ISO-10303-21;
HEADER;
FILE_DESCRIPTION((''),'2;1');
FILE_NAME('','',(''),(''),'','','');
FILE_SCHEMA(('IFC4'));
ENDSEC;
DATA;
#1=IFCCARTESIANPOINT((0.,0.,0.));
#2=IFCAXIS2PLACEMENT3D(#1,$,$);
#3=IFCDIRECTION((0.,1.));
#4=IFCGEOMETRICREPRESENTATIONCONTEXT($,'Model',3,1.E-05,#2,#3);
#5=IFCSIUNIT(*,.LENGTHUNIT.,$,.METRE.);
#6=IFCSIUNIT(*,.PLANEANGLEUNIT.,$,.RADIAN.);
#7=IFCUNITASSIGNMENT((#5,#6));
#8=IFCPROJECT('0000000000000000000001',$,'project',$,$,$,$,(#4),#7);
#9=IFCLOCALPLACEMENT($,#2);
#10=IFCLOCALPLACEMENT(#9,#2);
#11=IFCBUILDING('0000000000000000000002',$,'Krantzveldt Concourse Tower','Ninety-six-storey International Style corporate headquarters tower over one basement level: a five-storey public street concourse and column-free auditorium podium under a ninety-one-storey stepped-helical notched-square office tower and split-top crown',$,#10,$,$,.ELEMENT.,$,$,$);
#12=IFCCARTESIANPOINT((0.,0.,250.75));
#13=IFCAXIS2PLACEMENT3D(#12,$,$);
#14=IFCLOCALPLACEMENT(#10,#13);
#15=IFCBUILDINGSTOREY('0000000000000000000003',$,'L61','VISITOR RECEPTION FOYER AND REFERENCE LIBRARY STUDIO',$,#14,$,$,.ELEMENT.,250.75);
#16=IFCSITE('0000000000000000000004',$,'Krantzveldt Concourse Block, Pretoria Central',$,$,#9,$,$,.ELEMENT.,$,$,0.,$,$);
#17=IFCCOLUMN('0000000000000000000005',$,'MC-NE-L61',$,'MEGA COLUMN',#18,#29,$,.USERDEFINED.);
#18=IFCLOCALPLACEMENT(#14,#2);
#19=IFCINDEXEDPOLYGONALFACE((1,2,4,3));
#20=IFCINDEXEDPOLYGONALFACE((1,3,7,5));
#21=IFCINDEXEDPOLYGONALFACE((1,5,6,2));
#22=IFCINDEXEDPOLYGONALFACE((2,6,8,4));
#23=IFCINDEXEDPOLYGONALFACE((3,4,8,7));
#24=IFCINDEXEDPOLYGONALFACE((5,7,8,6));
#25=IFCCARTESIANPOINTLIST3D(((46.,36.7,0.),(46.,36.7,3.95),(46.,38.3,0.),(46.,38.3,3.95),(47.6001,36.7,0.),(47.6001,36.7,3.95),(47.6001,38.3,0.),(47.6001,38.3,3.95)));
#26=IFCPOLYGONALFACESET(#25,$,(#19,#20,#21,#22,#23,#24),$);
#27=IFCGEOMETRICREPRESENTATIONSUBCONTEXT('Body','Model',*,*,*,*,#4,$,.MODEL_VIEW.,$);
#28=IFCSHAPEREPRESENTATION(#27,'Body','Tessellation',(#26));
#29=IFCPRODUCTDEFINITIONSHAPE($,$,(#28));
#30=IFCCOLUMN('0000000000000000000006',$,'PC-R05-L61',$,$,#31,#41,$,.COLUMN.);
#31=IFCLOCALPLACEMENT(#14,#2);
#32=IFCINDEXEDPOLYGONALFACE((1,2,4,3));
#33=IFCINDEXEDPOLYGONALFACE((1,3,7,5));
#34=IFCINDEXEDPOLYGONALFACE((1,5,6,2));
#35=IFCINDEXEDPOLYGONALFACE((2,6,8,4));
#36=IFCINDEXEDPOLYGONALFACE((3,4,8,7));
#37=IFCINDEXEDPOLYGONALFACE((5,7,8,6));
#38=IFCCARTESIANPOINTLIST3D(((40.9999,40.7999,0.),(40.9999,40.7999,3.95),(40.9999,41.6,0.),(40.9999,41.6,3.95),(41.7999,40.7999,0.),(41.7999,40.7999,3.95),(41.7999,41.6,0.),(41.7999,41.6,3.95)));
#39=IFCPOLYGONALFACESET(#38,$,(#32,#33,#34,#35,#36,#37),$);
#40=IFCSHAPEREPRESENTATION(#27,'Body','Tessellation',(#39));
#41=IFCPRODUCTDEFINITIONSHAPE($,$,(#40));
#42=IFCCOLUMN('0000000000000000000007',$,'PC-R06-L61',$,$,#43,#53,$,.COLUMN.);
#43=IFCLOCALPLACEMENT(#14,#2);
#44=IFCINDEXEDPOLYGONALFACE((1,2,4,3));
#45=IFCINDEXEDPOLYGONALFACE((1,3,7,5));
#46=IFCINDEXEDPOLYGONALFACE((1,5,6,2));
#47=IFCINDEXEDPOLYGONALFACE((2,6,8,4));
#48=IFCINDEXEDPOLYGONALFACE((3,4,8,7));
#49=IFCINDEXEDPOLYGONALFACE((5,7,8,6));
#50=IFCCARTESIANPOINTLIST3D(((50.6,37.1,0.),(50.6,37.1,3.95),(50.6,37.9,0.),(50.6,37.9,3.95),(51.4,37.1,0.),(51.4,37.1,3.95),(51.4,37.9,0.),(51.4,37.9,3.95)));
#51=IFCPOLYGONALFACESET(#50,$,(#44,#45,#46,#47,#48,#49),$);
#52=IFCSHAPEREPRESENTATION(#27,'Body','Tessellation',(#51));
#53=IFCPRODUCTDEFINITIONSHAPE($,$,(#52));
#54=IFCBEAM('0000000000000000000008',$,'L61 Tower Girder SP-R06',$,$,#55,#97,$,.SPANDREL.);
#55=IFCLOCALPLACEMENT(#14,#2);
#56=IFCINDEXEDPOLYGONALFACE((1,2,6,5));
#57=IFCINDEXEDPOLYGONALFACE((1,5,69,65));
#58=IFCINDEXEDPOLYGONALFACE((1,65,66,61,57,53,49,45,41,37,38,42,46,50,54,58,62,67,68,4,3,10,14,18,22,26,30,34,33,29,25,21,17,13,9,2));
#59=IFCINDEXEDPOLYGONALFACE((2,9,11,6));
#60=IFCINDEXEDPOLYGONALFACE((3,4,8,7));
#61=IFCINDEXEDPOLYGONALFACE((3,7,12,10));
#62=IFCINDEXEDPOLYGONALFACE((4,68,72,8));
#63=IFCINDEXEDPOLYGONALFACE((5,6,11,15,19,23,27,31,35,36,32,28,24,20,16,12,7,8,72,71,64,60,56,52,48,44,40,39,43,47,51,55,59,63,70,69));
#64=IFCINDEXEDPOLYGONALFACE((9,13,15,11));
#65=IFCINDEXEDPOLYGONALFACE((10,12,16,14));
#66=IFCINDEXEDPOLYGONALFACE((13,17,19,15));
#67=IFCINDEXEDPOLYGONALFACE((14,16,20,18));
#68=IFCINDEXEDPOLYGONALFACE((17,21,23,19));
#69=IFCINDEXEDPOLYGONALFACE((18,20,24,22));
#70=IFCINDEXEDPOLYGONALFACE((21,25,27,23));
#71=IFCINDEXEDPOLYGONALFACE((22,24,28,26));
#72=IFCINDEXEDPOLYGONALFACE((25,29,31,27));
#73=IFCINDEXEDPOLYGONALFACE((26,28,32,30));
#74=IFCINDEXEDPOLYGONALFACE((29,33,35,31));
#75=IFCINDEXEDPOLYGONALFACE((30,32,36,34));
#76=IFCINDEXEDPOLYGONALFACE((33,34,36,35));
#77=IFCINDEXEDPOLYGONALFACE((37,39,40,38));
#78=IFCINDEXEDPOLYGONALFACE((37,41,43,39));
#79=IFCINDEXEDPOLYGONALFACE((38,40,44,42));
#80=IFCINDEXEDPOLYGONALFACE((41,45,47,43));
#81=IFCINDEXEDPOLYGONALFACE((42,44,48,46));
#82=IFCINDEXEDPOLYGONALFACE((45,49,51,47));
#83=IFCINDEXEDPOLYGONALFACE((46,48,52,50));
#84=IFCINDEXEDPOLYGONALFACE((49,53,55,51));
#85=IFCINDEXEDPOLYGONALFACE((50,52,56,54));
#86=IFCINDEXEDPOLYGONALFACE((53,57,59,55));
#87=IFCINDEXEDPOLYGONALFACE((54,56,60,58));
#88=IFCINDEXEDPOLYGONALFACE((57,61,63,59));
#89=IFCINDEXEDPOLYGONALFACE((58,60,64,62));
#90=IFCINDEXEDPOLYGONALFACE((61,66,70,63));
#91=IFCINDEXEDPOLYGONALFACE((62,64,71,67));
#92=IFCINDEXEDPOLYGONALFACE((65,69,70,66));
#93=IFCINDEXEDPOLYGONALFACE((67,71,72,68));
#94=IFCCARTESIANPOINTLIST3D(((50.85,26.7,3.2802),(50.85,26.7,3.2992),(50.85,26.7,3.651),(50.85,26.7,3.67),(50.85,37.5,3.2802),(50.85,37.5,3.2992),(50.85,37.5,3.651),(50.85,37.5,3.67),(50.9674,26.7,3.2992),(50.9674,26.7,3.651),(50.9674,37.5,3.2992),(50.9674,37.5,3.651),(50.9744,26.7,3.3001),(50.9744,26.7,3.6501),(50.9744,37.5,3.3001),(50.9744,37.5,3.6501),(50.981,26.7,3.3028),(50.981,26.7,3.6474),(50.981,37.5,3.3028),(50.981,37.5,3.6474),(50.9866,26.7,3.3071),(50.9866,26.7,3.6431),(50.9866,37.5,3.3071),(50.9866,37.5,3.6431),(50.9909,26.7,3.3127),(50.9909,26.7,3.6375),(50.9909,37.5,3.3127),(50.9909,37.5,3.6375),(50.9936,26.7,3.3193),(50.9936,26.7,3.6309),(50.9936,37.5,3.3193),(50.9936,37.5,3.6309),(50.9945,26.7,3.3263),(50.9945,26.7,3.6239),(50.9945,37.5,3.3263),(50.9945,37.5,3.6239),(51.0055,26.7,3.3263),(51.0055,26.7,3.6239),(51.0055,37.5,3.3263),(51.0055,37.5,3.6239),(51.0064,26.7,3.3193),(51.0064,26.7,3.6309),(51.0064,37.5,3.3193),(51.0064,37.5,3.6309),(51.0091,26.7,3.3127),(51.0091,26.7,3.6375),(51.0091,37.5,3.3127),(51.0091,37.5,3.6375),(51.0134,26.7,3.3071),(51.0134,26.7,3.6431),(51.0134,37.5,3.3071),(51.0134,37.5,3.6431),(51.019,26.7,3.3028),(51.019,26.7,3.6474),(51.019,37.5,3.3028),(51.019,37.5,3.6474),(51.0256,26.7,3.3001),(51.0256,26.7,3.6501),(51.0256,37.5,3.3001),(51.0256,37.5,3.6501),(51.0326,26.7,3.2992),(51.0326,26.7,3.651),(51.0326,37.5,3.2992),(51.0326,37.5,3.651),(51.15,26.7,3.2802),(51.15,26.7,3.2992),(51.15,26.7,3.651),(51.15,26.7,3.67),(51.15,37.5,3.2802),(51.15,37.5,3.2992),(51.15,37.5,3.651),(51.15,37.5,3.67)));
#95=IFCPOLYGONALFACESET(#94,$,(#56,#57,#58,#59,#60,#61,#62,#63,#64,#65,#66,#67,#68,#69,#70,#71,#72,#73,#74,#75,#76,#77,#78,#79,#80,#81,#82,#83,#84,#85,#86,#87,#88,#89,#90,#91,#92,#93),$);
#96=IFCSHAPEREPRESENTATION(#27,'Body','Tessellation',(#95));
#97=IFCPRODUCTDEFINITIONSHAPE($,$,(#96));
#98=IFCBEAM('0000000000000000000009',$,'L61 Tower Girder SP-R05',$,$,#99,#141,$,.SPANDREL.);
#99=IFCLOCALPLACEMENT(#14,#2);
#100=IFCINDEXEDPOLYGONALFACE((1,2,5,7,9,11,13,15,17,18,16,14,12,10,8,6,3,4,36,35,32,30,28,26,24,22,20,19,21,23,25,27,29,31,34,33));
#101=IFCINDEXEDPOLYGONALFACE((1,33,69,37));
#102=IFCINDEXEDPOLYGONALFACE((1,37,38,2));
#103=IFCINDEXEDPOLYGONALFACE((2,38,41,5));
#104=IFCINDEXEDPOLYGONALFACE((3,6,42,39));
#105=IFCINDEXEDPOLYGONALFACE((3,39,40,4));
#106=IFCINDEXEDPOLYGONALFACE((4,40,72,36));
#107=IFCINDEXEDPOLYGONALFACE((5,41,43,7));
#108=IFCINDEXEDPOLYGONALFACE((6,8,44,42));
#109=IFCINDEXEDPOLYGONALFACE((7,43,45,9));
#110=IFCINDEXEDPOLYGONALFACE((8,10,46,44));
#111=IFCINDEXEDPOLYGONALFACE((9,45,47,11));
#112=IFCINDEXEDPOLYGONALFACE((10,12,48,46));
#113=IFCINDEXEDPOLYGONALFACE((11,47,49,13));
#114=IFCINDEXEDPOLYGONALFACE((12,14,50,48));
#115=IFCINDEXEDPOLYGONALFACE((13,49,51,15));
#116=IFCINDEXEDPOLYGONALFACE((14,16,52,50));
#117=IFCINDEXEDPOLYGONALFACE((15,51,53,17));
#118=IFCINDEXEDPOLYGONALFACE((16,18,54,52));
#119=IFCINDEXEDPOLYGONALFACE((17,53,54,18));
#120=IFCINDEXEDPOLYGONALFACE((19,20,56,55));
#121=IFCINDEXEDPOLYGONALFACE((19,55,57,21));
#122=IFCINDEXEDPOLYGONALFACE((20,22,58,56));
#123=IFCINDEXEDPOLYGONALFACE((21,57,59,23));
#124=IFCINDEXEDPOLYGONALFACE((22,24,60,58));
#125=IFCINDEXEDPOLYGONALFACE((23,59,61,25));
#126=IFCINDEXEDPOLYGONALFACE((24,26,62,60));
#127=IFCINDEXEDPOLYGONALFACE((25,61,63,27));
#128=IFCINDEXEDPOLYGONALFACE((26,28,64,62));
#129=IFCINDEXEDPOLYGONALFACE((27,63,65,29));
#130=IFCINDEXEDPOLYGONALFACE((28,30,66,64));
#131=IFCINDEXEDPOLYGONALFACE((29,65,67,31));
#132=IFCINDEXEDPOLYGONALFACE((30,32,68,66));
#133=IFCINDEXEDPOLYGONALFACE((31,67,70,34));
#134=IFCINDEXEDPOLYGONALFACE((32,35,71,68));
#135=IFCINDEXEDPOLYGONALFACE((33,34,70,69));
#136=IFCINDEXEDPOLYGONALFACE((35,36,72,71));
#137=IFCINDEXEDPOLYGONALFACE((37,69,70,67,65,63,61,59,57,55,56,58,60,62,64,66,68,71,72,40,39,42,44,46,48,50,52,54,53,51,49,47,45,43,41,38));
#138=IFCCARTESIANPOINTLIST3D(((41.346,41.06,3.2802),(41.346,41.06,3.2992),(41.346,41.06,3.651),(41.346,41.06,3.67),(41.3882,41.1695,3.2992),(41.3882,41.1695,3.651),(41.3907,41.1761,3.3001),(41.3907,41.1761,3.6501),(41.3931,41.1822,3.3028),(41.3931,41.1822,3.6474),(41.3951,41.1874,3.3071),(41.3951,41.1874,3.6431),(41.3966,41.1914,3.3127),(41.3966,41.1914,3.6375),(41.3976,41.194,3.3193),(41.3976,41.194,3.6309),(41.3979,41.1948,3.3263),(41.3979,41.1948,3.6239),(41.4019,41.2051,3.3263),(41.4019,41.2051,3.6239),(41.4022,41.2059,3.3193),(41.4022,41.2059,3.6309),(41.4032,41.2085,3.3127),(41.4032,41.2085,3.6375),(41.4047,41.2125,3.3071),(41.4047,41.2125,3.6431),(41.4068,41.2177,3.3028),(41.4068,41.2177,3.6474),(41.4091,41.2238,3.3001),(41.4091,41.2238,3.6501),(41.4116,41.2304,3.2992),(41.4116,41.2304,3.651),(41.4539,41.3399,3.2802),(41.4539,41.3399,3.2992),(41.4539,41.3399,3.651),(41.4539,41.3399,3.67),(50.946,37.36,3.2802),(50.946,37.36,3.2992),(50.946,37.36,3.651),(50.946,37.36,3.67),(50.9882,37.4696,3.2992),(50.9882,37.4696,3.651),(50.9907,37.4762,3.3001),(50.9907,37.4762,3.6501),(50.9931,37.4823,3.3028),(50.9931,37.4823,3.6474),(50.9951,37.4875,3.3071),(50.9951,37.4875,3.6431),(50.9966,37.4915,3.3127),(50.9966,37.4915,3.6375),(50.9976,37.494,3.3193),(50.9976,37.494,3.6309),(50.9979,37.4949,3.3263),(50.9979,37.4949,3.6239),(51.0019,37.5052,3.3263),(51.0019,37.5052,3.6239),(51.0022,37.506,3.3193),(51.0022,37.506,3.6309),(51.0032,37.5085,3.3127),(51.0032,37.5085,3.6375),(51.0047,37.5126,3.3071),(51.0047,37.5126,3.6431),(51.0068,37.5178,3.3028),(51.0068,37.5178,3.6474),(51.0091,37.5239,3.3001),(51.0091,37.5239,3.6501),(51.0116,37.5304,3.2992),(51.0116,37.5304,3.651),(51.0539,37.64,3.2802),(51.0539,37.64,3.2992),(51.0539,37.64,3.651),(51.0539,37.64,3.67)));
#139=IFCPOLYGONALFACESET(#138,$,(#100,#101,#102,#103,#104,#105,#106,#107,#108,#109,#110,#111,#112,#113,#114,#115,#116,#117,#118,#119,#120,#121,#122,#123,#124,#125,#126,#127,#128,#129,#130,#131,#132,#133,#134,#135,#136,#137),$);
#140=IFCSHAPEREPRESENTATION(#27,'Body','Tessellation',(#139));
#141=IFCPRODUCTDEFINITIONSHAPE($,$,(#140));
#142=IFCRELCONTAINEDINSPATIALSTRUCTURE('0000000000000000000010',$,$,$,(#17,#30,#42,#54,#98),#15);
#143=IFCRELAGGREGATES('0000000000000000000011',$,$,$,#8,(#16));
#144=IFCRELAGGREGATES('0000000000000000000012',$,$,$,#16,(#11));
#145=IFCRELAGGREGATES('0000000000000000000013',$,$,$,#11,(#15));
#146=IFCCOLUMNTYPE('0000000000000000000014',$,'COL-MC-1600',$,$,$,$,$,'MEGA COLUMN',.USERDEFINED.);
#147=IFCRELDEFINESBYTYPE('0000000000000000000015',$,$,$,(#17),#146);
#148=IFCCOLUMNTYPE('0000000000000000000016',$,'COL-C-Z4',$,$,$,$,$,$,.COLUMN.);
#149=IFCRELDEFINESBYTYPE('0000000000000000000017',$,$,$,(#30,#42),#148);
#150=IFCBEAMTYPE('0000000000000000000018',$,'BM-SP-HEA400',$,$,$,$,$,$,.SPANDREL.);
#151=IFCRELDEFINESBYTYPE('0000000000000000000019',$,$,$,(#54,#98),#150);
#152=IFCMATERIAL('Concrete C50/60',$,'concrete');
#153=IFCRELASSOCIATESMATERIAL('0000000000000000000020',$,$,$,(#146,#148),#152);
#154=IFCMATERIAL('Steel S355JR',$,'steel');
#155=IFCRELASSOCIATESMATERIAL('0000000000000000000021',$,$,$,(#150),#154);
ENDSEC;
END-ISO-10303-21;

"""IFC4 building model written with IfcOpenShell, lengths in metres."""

from ifc_helpers import new_model, si_unit, direction, frame, origin, origin_2d, place, context, subcontext, project, spatial, rectangle, i_section, extrude, source, transform, mapped, material, material_profile, profile_set, type_object, type_shapes, element, save


model = new_model("IFC4")

# Units and contexts
model_context = context("Model", 3, precision=1e-05, world=origin(), true_north=direction((0.0, 1.0)))
body_context = subcontext(model_context, "Body", "Model", "MODEL_VIEW")
ifc_project = project(units=[si_unit("LENGTHUNIT", "METRE"), si_unit("PLANEANGLEUNIT", "RADIAN")], contexts=[model_context])

# Site, building, storey
site_placement = place(None, origin())
site = spatial("IfcSite", under=ifc_project, at=site_placement, Name="Krantzveldt Concourse Block, Pretoria Central", CompositionType="ELEMENT", RefElevation=0.0)
building_placement = place(site_placement, origin())
building = spatial("IfcBuilding", under=site, at=building_placement, Name="Krantzveldt Concourse Tower", Description="Ninety-six-storey International Style corporate headquarters tower over one basement level: a five-storey public street concourse and column-free auditorium podium under a ninety-one-storey stepped-helical notched-square office tower and split-top crown", CompositionType="ELEMENT")
storey_placement = place(building_placement, frame((0.0, 0.0, 250.75)))
storey = spatial("IfcBuildingStorey", under=building, at=storey_placement, Name="L61", Description="VISITOR RECEPTION FOYER AND REFERENCE LIBRARY STUDIO", CompositionType="ELEMENT", Elevation=250.75)

# Columns
ifc_material_1 = material(Name="Concrete C50/60", Category="concrete")
ifc_material_profile_1 = material_profile(ifc_material_1, rectangle(XDim=1.6001, YDim=1.6001, at=origin_2d()), Name="Concrete C50/60", Category="concrete")
ifc_profile_set_1 = profile_set([ifc_material_profile_1], Name="Concrete C50/60 - RC 1600x1600")
column_type_1 = type_object("IfcColumnType", Name="COL-MC-1600", ElementType="MEGA COLUMN", PredefinedType="USERDEFINED", material=ifc_profile_set_1)
shared_shape_1 = source(origin(), body_context, "Body", "SweptSolid", [
    extrude(rectangle(XDim=1.6001, YDim=1.6001, at=origin_2d()), origin(), (0.0, 0.0, 1.0), 3.95),
])
type_shapes(column_type_1, [shared_shape_1])
column_placement = place(storey_placement, frame((46.8, 37.5, 0.0), z_axis=(0.0, 0.0, 1.0), x_axis=(1.0, 0.0, 0.0)))
element("IfcColumn", 1, at=column_placement, inside=storey, type_object=column_type_1, Name="MC-NE-L61", ObjectType="MEGA COLUMN", PredefinedType="USERDEFINED", context=body_context, shape_type="MappedRepresentation", body=[
    mapped(shared_shape_1, transform((0.0, 0.0, 0.0), x_axis=(1.0, 0.0, 0.0), y_axis=(0.0, 1.0, 0.0), z_axis=(0.0, 0.0, 1.0), scale=1.0)),
])
ifc_material_profile_2 = material_profile(ifc_material_1, rectangle(XDim=0.8, YDim=0.8, at=origin_2d()), Name="Concrete C50/60", Category="concrete")
ifc_profile_set_2 = profile_set([ifc_material_profile_2], Name="Concrete C50/60 - RC 800x800")
column_type_2 = type_object("IfcColumnType", Name="COL-C-Z4", PredefinedType="COLUMN", material=ifc_profile_set_2)
shared_shape_2 = source(origin(), body_context, "Body", "SweptSolid", [
    extrude(rectangle(XDim=0.8, YDim=0.8, at=origin_2d()), origin(), (0.0, 0.0, 1.0), 3.95),
])
type_shapes(column_type_2, [shared_shape_2])
for number, where, z_axis, x_axis, name in (
    (2, (41.3999, 41.2, 0.0), (0.0, 0.0, 1.0), (1.0, 0.0, 0.0), "PC-R05-L61"),
    (3, (51.0, 37.5, 0.0), (0.0, 0.0, 1.0), (1.0, 0.0, 0.0), "PC-R06-L61"),
):
    element("IfcColumn", number, at=place(storey_placement, frame(where, z_axis=z_axis, x_axis=x_axis)), inside=storey, type_object=column_type_2, Name=name, PredefinedType="COLUMN", context=body_context, shape_type="MappedRepresentation", body=[
        mapped(shared_shape_2, transform((0.0, 0.0, 0.0), x_axis=(1.0, 0.0, 0.0), y_axis=(0.0, 1.0, 0.0), z_axis=(0.0, 0.0, 1.0), scale=1.0)),
    ])

# Beams
ifc_material_2 = material(Name="Steel S355JR", Category="steel")
ifc_material_profile_3 = material_profile(ifc_material_2, i_section(OverallWidth=0.3, OverallDepth=0.3899, WebThickness=0.011, FlangeThickness=0.019, FilletRadius=0.0271, at=origin_2d()), Name="Steel S355JR", Category="steel")
ifc_profile_set_3 = profile_set([ifc_material_profile_3], Name="Steel S355JR - HEA 400")
beam_type_1 = type_object("IfcBeamType", Name="BM-SP-HEA400", PredefinedType="SPANDREL", material=ifc_profile_set_3)
shared_shape_3 = source(origin(), body_context, "Body", "SweptSolid", [
    extrude(i_section(OverallWidth=0.3, OverallDepth=0.3899, WebThickness=0.011, FlangeThickness=0.019, FilletRadius=0.0271, at=origin_2d()), origin(), (0.0, 0.0, 1.0), 10.8),
])
beam_1_placement = place(storey_placement, frame((51.0, 37.5, 3.4751), z_axis=(0.0, -1.0, 0.0), x_axis=(1.0, 0.0, 0.0)))
element("IfcBeam", 4, at=beam_1_placement, inside=storey, type_object=beam_type_1, Name="L61 Tower Girder SP-R06", PredefinedType="SPANDREL", context=body_context, shape_type="MappedRepresentation", body=[
    mapped(shared_shape_3, transform((0.0, 0.0, 0.0), x_axis=(1.0, 0.0, 0.0), y_axis=(0.0, 1.0, 0.0), z_axis=(0.0, 0.0, 1.0), scale=1.0)),
])
shared_shape_4 = source(origin(), body_context, "Body", "SweptSolid", [
    extrude(i_section(OverallWidth=0.3, OverallDepth=0.3899, WebThickness=0.011, FlangeThickness=0.019, FilletRadius=0.0271, at=origin_2d()), origin(), (0.0, 0.0, 1.0), 10.2883),
])
type_shapes(beam_type_1, [shared_shape_3, shared_shape_4])
beam_2_placement = place(storey_placement, frame((41.3999, 41.2, 3.4751), z_axis=(0.933098, -0.359623, 0.0), x_axis=(0.359623, 0.933098, 0.0)))
element("IfcBeam", 5, at=beam_2_placement, inside=storey, type_object=beam_type_1, Name="L61 Tower Girder SP-R05", PredefinedType="SPANDREL", context=body_context, shape_type="MappedRepresentation", body=[
    mapped(shared_shape_4, transform((0.0, 0.0, 0.0), x_axis=(1.0, 0.0, 0.0), y_axis=(0.0, 1.0, 0.0), z_axis=(0.0, 0.0, 1.0), scale=1.0)),
])

save(model, "model.ifc")
